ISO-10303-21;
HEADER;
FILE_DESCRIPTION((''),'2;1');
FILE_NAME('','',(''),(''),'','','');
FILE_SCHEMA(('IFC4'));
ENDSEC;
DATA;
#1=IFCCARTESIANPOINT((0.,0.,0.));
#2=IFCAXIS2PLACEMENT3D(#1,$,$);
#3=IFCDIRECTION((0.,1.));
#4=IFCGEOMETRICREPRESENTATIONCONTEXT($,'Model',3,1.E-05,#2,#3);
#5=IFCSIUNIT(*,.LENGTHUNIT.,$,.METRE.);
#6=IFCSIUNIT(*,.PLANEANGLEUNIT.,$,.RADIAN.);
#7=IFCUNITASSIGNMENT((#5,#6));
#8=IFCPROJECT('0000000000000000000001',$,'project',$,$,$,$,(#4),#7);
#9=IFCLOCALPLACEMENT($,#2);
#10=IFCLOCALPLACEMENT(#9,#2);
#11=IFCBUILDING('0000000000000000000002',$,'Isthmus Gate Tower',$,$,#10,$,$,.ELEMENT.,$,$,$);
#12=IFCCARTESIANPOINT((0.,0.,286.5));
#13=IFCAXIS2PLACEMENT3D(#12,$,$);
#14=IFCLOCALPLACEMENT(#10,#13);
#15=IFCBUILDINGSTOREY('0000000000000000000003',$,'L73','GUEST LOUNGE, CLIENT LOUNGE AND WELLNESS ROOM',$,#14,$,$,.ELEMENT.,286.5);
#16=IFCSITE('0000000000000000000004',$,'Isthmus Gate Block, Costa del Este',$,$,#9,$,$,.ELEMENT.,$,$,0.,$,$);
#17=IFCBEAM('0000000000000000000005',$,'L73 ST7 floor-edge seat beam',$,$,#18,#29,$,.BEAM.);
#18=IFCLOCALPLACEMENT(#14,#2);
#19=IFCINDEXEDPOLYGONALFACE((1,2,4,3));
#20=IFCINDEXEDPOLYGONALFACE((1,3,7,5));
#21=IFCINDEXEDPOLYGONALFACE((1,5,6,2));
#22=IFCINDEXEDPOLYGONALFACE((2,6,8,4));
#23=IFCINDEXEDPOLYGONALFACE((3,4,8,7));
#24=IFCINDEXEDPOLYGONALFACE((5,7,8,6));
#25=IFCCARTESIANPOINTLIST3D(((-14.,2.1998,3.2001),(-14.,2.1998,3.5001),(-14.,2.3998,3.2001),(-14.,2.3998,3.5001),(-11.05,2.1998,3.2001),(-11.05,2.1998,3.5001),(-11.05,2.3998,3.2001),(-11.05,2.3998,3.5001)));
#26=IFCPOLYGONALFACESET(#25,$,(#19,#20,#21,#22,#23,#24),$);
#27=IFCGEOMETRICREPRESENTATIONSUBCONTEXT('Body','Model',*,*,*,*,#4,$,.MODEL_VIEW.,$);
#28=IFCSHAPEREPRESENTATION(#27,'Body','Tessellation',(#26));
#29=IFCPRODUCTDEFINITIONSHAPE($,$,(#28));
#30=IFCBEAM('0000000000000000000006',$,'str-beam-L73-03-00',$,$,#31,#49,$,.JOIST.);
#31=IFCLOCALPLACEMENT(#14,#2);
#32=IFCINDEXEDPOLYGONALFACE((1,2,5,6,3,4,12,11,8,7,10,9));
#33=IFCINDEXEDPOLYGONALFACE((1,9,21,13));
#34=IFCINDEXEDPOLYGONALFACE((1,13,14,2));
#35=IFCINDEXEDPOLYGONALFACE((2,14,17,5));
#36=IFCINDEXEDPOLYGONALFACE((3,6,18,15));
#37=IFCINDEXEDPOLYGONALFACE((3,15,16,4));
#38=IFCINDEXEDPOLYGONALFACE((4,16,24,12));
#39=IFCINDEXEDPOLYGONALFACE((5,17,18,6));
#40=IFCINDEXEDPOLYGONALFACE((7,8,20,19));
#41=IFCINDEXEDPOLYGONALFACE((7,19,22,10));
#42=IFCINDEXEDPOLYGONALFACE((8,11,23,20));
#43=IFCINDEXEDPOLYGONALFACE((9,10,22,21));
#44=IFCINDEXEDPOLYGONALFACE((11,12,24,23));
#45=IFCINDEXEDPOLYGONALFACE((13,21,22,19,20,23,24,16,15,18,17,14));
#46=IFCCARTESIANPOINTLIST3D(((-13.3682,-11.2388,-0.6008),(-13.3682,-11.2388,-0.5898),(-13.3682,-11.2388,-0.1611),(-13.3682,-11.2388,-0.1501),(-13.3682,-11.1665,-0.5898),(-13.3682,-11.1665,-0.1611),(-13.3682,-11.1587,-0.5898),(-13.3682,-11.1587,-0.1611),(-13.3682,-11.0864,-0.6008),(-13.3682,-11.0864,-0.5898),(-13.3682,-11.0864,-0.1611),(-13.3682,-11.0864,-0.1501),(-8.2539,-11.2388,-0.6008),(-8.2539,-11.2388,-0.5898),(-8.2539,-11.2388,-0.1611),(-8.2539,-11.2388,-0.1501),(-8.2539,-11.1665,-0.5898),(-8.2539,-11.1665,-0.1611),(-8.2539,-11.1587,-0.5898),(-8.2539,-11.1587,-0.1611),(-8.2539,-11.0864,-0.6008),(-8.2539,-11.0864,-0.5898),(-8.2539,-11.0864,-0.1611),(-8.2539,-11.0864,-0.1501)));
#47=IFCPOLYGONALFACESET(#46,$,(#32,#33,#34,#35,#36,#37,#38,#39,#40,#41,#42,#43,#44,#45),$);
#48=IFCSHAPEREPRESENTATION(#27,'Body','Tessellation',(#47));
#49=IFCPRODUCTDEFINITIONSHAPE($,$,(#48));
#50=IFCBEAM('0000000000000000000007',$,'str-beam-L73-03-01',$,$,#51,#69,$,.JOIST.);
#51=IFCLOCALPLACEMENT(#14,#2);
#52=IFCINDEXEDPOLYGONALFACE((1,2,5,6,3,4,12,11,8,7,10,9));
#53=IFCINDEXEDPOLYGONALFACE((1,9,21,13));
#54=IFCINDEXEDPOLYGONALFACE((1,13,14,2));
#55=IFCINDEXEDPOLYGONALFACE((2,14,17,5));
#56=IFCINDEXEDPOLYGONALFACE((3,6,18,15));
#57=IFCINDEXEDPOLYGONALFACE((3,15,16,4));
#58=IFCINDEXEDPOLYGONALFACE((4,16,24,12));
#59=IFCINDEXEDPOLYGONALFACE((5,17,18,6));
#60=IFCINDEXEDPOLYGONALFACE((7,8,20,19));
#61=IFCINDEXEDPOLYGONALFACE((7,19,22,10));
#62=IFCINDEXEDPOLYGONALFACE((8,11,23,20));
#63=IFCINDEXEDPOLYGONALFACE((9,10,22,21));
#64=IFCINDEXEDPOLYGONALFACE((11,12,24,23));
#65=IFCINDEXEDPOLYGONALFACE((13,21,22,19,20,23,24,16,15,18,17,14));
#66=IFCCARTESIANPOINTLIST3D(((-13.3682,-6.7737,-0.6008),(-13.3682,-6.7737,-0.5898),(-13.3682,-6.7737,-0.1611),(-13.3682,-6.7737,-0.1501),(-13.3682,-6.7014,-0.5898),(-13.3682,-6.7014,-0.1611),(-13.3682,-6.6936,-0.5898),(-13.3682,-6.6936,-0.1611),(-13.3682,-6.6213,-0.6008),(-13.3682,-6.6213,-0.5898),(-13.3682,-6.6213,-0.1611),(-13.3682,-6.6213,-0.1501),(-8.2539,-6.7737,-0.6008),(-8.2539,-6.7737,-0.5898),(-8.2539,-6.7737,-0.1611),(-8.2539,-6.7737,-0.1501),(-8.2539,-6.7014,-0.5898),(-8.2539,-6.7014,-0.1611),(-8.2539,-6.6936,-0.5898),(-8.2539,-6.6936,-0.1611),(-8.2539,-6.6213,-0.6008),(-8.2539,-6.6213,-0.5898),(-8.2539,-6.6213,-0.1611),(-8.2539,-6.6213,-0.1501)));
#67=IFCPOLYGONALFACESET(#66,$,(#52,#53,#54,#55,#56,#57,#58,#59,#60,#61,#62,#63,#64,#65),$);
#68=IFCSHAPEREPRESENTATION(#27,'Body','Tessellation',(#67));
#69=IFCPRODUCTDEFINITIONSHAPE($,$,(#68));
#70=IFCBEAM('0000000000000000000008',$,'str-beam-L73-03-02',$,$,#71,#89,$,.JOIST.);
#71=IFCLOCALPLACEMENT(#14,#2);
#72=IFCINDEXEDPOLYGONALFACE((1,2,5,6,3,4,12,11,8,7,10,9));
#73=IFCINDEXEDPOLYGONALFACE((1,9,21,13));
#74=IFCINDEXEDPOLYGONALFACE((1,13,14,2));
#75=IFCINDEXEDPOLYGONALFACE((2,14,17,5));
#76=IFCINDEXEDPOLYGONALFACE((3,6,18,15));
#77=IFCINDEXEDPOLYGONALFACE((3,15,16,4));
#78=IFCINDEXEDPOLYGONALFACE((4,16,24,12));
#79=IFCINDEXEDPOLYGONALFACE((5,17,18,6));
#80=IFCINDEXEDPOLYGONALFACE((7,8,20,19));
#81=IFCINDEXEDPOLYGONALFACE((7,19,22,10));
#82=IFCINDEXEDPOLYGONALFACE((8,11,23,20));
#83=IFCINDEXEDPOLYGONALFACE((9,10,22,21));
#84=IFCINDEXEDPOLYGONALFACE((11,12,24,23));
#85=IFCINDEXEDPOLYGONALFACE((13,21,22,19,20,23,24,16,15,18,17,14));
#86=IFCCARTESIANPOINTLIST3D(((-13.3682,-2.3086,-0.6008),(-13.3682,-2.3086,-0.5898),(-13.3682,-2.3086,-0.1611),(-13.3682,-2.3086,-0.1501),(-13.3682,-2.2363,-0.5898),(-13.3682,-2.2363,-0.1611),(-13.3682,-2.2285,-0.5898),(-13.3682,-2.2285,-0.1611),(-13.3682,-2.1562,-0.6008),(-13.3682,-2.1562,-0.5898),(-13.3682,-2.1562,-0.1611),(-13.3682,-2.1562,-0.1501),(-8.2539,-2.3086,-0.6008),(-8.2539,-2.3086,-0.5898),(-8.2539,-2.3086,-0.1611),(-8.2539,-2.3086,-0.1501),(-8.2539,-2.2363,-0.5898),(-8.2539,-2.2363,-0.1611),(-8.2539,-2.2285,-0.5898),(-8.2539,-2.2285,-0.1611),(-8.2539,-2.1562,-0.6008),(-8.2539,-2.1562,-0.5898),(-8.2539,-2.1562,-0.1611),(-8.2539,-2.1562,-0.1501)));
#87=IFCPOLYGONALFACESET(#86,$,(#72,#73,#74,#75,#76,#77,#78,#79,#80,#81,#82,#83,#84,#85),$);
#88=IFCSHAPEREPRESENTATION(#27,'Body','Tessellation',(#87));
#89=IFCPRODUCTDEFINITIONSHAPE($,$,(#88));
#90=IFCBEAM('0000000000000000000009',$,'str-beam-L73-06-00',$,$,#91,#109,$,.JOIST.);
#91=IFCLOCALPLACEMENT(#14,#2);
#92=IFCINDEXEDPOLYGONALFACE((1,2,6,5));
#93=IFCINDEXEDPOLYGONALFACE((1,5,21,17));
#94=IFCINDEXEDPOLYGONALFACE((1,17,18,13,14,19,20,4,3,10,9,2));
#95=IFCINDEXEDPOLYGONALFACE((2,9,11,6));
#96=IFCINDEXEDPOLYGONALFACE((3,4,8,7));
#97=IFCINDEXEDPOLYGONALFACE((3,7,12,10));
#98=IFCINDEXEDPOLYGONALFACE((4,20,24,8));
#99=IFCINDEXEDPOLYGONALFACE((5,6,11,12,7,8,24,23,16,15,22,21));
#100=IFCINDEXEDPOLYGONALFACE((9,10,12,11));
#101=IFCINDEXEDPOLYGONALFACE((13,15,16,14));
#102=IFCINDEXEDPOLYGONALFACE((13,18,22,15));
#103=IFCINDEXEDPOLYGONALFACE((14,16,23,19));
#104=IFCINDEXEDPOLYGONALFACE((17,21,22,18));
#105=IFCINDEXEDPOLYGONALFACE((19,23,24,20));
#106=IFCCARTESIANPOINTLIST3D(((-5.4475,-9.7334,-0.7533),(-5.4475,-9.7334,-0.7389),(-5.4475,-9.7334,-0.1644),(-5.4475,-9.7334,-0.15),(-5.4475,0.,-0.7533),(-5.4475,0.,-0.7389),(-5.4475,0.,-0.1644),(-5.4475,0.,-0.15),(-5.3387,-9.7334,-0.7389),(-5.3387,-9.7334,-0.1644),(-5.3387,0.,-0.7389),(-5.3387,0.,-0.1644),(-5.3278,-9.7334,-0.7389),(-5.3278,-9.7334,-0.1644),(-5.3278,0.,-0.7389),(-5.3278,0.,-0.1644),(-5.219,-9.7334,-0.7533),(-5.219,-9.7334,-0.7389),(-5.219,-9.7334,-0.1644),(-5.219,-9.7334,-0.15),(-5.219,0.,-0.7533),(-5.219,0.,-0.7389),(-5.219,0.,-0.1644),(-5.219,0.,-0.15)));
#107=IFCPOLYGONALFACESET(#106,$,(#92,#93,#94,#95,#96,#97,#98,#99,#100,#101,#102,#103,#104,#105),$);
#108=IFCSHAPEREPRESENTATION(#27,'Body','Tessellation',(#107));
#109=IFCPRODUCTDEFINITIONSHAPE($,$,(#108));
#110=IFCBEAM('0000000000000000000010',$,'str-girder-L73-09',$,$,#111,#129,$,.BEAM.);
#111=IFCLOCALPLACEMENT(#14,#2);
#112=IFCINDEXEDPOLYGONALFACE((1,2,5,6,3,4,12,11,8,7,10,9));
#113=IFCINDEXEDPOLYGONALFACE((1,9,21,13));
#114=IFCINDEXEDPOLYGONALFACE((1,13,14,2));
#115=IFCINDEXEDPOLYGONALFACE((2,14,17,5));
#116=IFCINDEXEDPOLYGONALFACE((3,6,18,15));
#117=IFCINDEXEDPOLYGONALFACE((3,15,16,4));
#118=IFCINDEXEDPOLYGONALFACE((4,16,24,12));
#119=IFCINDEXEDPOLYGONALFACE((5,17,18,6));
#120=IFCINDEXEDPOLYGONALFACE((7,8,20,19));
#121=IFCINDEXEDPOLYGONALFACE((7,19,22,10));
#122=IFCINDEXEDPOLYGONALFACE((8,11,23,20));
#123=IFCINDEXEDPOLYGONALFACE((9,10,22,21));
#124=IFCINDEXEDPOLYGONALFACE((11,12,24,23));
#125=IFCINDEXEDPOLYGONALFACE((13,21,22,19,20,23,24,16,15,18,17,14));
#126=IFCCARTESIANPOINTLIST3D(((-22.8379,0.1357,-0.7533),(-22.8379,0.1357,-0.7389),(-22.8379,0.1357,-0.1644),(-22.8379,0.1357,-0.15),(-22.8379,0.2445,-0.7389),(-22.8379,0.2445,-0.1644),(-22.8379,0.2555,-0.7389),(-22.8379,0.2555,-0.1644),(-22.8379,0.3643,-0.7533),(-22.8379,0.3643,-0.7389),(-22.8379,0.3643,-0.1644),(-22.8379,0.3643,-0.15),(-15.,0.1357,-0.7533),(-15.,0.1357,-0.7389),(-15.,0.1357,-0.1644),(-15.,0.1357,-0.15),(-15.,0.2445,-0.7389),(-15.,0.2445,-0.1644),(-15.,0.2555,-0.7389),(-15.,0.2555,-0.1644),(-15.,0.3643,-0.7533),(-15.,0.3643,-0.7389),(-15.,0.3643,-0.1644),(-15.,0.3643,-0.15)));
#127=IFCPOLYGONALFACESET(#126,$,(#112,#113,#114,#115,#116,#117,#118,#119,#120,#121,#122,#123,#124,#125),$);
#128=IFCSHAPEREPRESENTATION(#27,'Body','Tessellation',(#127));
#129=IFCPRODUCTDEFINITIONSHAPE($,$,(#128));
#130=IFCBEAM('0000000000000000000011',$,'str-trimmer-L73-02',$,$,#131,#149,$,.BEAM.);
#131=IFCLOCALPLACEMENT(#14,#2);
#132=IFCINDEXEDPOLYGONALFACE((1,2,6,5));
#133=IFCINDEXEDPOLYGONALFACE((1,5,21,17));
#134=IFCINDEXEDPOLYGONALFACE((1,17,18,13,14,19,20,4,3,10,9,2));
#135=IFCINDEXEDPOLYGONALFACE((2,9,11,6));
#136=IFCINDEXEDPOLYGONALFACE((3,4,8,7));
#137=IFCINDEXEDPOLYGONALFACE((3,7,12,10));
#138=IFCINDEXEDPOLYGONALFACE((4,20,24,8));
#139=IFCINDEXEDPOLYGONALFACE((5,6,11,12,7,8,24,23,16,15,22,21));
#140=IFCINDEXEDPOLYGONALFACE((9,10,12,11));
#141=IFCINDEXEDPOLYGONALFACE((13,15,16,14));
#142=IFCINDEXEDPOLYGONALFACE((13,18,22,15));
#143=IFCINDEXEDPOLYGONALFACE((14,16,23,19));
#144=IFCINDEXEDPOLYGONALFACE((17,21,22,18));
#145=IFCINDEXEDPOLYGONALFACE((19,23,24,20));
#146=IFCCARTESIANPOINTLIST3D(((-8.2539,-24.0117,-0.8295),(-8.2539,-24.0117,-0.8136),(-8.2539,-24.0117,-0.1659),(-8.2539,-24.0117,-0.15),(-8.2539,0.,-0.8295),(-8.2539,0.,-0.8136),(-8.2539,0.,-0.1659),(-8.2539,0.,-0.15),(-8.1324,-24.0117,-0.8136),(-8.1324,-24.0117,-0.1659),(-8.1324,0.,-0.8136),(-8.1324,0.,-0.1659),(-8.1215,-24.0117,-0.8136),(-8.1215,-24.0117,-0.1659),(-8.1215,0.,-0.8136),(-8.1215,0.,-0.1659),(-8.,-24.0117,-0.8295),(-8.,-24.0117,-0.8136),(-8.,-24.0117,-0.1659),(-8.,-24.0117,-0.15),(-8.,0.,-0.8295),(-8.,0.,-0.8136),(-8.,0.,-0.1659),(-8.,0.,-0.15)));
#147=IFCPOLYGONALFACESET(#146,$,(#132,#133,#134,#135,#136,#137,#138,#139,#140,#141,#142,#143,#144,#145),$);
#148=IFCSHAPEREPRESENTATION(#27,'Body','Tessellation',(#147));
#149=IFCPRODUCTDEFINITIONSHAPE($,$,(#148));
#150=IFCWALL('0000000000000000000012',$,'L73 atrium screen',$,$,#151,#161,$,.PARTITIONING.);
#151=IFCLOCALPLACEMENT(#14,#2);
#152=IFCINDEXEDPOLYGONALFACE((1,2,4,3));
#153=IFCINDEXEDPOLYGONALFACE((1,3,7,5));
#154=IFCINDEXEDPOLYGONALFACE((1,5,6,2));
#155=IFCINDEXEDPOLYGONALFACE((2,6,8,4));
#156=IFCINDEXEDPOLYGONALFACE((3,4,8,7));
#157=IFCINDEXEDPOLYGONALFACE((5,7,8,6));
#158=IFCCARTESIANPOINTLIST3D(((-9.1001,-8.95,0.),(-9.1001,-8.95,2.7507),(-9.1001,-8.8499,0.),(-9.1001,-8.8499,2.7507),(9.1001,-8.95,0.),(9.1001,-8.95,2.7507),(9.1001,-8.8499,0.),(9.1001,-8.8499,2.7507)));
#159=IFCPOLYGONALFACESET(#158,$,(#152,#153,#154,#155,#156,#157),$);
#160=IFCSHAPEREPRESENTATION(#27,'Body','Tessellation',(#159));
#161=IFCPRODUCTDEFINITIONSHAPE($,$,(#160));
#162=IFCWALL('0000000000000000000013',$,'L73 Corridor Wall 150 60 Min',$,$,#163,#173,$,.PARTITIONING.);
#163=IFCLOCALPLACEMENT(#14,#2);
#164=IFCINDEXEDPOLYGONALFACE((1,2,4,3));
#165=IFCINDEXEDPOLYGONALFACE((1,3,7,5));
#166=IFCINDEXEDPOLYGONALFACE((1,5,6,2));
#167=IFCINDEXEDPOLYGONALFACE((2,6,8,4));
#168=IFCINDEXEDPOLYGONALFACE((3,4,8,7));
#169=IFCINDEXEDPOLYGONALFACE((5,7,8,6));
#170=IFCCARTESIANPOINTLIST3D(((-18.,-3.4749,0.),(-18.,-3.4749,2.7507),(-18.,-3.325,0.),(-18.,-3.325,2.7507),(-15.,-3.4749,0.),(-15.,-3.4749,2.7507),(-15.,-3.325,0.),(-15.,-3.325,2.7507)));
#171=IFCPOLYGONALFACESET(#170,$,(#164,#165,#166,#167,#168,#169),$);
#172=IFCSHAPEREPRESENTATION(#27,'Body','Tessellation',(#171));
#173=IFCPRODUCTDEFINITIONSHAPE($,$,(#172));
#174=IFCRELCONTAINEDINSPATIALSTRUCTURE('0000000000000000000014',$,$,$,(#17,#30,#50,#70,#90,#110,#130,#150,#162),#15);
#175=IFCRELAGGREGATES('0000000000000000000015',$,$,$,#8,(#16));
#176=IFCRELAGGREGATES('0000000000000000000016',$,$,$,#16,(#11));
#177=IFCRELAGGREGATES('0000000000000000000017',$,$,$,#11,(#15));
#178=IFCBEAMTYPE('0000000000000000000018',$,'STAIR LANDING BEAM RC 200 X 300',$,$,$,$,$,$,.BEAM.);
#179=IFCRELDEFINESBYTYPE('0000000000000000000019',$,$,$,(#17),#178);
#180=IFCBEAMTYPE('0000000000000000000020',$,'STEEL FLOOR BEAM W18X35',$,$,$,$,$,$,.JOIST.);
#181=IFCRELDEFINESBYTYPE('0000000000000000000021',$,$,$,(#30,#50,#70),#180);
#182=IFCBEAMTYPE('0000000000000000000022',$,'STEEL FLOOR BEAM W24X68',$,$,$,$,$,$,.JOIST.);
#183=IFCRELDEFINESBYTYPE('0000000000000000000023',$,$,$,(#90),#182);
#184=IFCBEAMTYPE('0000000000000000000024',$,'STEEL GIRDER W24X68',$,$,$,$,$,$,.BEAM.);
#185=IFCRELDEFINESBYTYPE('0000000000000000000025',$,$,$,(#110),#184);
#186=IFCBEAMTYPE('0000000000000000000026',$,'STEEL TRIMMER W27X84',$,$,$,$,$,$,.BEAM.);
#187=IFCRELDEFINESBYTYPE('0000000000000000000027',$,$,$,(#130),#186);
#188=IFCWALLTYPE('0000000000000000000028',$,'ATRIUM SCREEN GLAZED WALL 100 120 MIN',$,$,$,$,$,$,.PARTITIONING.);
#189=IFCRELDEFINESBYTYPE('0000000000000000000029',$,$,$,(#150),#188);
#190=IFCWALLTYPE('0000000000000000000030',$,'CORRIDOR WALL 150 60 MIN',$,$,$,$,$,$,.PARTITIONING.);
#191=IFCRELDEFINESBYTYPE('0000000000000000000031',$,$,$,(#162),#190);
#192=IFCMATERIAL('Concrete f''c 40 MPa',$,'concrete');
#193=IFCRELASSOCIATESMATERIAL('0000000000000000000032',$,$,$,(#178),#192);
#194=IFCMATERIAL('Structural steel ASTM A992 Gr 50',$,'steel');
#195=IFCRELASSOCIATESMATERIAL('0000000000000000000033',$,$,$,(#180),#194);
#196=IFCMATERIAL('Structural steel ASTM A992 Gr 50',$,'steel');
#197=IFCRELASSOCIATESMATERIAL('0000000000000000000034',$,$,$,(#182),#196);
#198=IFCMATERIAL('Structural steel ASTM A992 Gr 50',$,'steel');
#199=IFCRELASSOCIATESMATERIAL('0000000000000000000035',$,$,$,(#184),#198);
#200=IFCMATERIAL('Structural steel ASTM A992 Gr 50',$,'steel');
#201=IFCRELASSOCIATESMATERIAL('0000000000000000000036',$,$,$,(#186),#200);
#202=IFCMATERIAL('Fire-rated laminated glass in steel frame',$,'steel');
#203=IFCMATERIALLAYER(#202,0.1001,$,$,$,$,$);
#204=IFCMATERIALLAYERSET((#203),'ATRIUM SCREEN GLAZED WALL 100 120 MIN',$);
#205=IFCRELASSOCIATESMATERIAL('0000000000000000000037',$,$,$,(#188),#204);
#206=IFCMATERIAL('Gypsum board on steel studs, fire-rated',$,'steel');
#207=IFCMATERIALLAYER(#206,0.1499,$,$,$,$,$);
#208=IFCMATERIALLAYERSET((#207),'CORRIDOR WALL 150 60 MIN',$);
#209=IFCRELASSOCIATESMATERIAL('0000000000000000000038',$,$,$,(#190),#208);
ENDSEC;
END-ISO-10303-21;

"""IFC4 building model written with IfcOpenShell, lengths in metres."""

from ifc_helpers import new_model, si_unit, direction, frame, frame_2d, origin, origin_2d, place, context, subcontext, project, spatial, rectangle, i_section, extrude, material, layer, layer_set, material_profile, profile_set, type_object, element, save


model = new_model("IFC4")

# Units and contexts
model_context = context("Model", 3, precision=1e-05, world=origin(), true_north=direction((0.0, 1.0)))
body_context = subcontext(model_context, "Body", "Model", "MODEL_VIEW")
ifc_project = project(units=[si_unit("LENGTHUNIT", "METRE"), si_unit("PLANEANGLEUNIT", "RADIAN")], contexts=[model_context])

# Site, building, storey
site_placement = place(None, origin())
site = spatial("IfcSite", under=ifc_project, at=site_placement, Name="Isthmus Gate Block, Costa del Este", CompositionType="ELEMENT", RefElevation=0.0)
building_placement = place(site_placement, origin())
building = spatial("IfcBuilding", under=site, at=building_placement, Name="Isthmus Gate Tower", CompositionType="ELEMENT")
storey_placement = place(building_placement, frame((0.0, 0.0, 286.5)))
storey = spatial("IfcBuildingStorey", under=building, at=storey_placement, Name="L73", Description="GUEST LOUNGE, CLIENT LOUNGE AND WELLNESS ROOM", CompositionType="ELEMENT", Elevation=286.5)

# Beams
ifc_material_1 = material(Name="Concrete f'c 40 MPa", Category="concrete")
ifc_material_profile_1 = material_profile(ifc_material_1, rectangle(XDim=0.2, YDim=0.3, at=origin_2d()), Name="STAIR LANDING BEAM RC 200 X 300")
ifc_profile_set_1 = profile_set([ifc_material_profile_1], Name="Concrete f'c 40 MPa")
beam_type_1 = type_object("IfcBeamType", Name="STAIR LANDING BEAM RC 200 X 300", PredefinedType="BEAM", material=ifc_profile_set_1)
beam_1_placement = place(storey_placement, frame((-14.0, 2.2998, 3.3501), z_axis=(1.0, 0.0, 0.0), x_axis=(0.0, 1.0, 0.0)))
element("IfcBeam", 1, at=beam_1_placement, inside=storey, type_object=beam_type_1, Name="L73 ST7 floor-edge seat beam", PredefinedType="BEAM", context=body_context, shape_type="SweptSolid", body=[
    extrude(rectangle(XDim=0.2, YDim=0.3, at=origin_2d()), origin(), (0.0, 0.0, 1.0), 2.95),
])
ifc_material_2 = material(Name="Structural steel ASTM A992 Gr 50", Category="steel")
ifc_material_profile_2 = material_profile(ifc_material_2, i_section(OverallWidth=0.1523, OverallDepth=0.4507, WebThickness=0.0078, FlangeThickness=0.011, at=origin_2d()), Name="W18X35")
ifc_profile_set_2 = profile_set([ifc_material_profile_2], Name="Structural steel ASTM A992 Gr 50")
beam_type_2 = type_object("IfcBeamType", Name="STEEL FLOOR BEAM W18X35", PredefinedType="JOIST", material=ifc_profile_set_2)
for number, where, z_axis, x_axis, name in (
    (2, (-13.3682, -11.1626, -0.3755), (1.0, 0.0, 0.0), (0.0, 1.0, 0.0), "str-beam-L73-03-00"),
    (3, (-13.3682, -6.6975, -0.3755), (1.0, 0.0, 0.0), (0.0, 1.0, 0.0), "str-beam-L73-03-01"),
    (4, (-13.3682, -2.2324, -0.3755), (1.0, 0.0, 0.0), (0.0, 1.0, 0.0), "str-beam-L73-03-02"),
):
    element("IfcBeam", number, at=place(storey_placement, frame(where, z_axis=z_axis, x_axis=x_axis)), inside=storey, type_object=beam_type_2, Name=name, PredefinedType="JOIST", context=body_context, shape_type="SweptSolid", body=[
        extrude(i_section(OverallWidth=0.1523, OverallDepth=0.4507, WebThickness=0.0078, FlangeThickness=0.011, at=origin_2d()), origin(), (0.0, 0.0, 1.0), 5.1143),
    ])
ifc_material_3 = material(Name="Structural steel ASTM A992 Gr 50", Category="steel")
ifc_material_profile_3 = material_profile(ifc_material_3, i_section(OverallWidth=0.2285, OverallDepth=0.6033, WebThickness=0.011, FlangeThickness=0.0144, at=origin_2d()), Name="W24X68")
ifc_profile_set_3 = profile_set([ifc_material_profile_3], Name="Structural steel ASTM A992 Gr 50")
beam_type_3 = type_object("IfcBeamType", Name="STEEL FLOOR BEAM W24X68", PredefinedType="JOIST", material=ifc_profile_set_3)
beam_2_placement = place(storey_placement, frame((-5.3333, -9.7334, -0.4517), z_axis=(0.0, 1.0, 0.0), x_axis=(-1.0, 0.0, 0.0)))
element("IfcBeam", 5, at=beam_2_placement, inside=storey, type_object=beam_type_3, Name="str-beam-L73-06-00", PredefinedType="JOIST", context=body_context, shape_type="SweptSolid", body=[
    extrude(i_section(OverallWidth=0.2285, OverallDepth=0.6033, WebThickness=0.011, FlangeThickness=0.0144, at=origin_2d()), origin(), (0.0, 0.0, 1.0), 9.7334),
])
ifc_material_4 = material(Name="Structural steel ASTM A992 Gr 50", Category="steel")
ifc_material_profile_4 = material_profile(ifc_material_4, i_section(OverallWidth=0.2285, OverallDepth=0.6033, WebThickness=0.011, FlangeThickness=0.0144, at=origin_2d()), Name="W24X68")
ifc_profile_set_4 = profile_set([ifc_material_profile_4], Name="Structural steel ASTM A992 Gr 50")
beam_type_4 = type_object("IfcBeamType", Name="STEEL GIRDER W24X68", PredefinedType="BEAM", material=ifc_profile_set_4)
beam_3_placement = place(storey_placement, frame((-15.0, 0.25, -0.4517), z_axis=(-1.0, 0.0, 0.0), x_axis=(0.0, -1.0, 0.0)))
element("IfcBeam", 6, at=beam_3_placement, inside=storey, type_object=beam_type_4, Name="str-girder-L73-09", PredefinedType="BEAM", context=body_context, shape_type="SweptSolid", body=[
    extrude(i_section(OverallWidth=0.2285, OverallDepth=0.6033, WebThickness=0.011, FlangeThickness=0.0144, at=origin_2d()), origin(), (0.0, 0.0, 1.0), 7.8379),
])
ifc_material_5 = material(Name="Structural steel ASTM A992 Gr 50", Category="steel")
ifc_material_profile_5 = material_profile(ifc_material_5, i_section(OverallWidth=0.2539, OverallDepth=0.6794, WebThickness=0.011, FlangeThickness=0.0159, at=origin_2d()), Name="W27X84")
ifc_profile_set_5 = profile_set([ifc_material_profile_5], Name="Structural steel ASTM A992 Gr 50")
beam_type_5 = type_object("IfcBeamType", Name="STEEL TRIMMER W27X84", PredefinedType="BEAM", material=ifc_profile_set_5)
beam_4_placement = place(storey_placement, frame((-8.127, 0.0, -0.4897), z_axis=(0.0, -1.0, 0.0), x_axis=(1.0, 0.0, 0.0)))
element("IfcBeam", 7, at=beam_4_placement, inside=storey, type_object=beam_type_5, Name="str-trimmer-L73-02", PredefinedType="BEAM", context=body_context, shape_type="SweptSolid", body=[
    extrude(i_section(OverallWidth=0.2539, OverallDepth=0.6794, WebThickness=0.011, FlangeThickness=0.0159, at=origin_2d()), origin(), (0.0, 0.0, 1.0), 24.0117),
])

# Walls
ifc_material_6 = material(Name="Fire-rated laminated glass in steel frame", Category="steel")
ifc_layer_1 = layer(ifc_material_6, 0.1001)
ifc_layer_set_1 = layer_set([ifc_layer_1], Name="ATRIUM SCREEN GLAZED WALL 100 120 MIN")
wall_type_1 = type_object("IfcWallType", Name="ATRIUM SCREEN GLAZED WALL 100 120 MIN", PredefinedType="PARTITIONING", material=ifc_layer_set_1)
wall_1_placement = place(storey_placement, frame((-9.1001, -8.8999, 0.0), z_axis=(0.0, 0.0, 1.0), x_axis=(1.0, 0.0, 0.0)))
element("IfcWall", 8, at=wall_1_placement, inside=storey, type_object=wall_type_1, Name="L73 atrium screen", PredefinedType="PARTITIONING", context=body_context, shape_type="SweptSolid", body=[
    extrude(rectangle(XDim=18.2002, YDim=0.1001, at=frame_2d((9.1001, 0.0))), origin(), (0.0, 0.0, 1.0), 2.7507),
])
ifc_material_7 = material(Name="Gypsum board on steel studs, fire-rated", Category="steel")
ifc_layer_2 = layer(ifc_material_7, 0.1499)
ifc_layer_set_2 = layer_set([ifc_layer_2], Name="CORRIDOR WALL 150 60 MIN")
wall_type_2 = type_object("IfcWallType", Name="CORRIDOR WALL 150 60 MIN", PredefinedType="PARTITIONING", material=ifc_layer_set_2)
wall_2_placement = place(storey_placement, frame((-15.0, -3.3999, 0.0), z_axis=(0.0, 0.0, 1.0), x_axis=(-1.0, 0.0, 0.0)))
element("IfcWall", 9, at=wall_2_placement, inside=storey, type_object=wall_type_2, Name="L73 Corridor Wall 150 60 Min", PredefinedType="PARTITIONING", context=body_context, shape_type="SweptSolid", body=[
    extrude(rectangle(XDim=3.0, YDim=0.1499, at=frame_2d((1.5, 0.0))), origin(), (0.0, 0.0, 1.0), 2.7507),
])

save(model, "model.ifc")
